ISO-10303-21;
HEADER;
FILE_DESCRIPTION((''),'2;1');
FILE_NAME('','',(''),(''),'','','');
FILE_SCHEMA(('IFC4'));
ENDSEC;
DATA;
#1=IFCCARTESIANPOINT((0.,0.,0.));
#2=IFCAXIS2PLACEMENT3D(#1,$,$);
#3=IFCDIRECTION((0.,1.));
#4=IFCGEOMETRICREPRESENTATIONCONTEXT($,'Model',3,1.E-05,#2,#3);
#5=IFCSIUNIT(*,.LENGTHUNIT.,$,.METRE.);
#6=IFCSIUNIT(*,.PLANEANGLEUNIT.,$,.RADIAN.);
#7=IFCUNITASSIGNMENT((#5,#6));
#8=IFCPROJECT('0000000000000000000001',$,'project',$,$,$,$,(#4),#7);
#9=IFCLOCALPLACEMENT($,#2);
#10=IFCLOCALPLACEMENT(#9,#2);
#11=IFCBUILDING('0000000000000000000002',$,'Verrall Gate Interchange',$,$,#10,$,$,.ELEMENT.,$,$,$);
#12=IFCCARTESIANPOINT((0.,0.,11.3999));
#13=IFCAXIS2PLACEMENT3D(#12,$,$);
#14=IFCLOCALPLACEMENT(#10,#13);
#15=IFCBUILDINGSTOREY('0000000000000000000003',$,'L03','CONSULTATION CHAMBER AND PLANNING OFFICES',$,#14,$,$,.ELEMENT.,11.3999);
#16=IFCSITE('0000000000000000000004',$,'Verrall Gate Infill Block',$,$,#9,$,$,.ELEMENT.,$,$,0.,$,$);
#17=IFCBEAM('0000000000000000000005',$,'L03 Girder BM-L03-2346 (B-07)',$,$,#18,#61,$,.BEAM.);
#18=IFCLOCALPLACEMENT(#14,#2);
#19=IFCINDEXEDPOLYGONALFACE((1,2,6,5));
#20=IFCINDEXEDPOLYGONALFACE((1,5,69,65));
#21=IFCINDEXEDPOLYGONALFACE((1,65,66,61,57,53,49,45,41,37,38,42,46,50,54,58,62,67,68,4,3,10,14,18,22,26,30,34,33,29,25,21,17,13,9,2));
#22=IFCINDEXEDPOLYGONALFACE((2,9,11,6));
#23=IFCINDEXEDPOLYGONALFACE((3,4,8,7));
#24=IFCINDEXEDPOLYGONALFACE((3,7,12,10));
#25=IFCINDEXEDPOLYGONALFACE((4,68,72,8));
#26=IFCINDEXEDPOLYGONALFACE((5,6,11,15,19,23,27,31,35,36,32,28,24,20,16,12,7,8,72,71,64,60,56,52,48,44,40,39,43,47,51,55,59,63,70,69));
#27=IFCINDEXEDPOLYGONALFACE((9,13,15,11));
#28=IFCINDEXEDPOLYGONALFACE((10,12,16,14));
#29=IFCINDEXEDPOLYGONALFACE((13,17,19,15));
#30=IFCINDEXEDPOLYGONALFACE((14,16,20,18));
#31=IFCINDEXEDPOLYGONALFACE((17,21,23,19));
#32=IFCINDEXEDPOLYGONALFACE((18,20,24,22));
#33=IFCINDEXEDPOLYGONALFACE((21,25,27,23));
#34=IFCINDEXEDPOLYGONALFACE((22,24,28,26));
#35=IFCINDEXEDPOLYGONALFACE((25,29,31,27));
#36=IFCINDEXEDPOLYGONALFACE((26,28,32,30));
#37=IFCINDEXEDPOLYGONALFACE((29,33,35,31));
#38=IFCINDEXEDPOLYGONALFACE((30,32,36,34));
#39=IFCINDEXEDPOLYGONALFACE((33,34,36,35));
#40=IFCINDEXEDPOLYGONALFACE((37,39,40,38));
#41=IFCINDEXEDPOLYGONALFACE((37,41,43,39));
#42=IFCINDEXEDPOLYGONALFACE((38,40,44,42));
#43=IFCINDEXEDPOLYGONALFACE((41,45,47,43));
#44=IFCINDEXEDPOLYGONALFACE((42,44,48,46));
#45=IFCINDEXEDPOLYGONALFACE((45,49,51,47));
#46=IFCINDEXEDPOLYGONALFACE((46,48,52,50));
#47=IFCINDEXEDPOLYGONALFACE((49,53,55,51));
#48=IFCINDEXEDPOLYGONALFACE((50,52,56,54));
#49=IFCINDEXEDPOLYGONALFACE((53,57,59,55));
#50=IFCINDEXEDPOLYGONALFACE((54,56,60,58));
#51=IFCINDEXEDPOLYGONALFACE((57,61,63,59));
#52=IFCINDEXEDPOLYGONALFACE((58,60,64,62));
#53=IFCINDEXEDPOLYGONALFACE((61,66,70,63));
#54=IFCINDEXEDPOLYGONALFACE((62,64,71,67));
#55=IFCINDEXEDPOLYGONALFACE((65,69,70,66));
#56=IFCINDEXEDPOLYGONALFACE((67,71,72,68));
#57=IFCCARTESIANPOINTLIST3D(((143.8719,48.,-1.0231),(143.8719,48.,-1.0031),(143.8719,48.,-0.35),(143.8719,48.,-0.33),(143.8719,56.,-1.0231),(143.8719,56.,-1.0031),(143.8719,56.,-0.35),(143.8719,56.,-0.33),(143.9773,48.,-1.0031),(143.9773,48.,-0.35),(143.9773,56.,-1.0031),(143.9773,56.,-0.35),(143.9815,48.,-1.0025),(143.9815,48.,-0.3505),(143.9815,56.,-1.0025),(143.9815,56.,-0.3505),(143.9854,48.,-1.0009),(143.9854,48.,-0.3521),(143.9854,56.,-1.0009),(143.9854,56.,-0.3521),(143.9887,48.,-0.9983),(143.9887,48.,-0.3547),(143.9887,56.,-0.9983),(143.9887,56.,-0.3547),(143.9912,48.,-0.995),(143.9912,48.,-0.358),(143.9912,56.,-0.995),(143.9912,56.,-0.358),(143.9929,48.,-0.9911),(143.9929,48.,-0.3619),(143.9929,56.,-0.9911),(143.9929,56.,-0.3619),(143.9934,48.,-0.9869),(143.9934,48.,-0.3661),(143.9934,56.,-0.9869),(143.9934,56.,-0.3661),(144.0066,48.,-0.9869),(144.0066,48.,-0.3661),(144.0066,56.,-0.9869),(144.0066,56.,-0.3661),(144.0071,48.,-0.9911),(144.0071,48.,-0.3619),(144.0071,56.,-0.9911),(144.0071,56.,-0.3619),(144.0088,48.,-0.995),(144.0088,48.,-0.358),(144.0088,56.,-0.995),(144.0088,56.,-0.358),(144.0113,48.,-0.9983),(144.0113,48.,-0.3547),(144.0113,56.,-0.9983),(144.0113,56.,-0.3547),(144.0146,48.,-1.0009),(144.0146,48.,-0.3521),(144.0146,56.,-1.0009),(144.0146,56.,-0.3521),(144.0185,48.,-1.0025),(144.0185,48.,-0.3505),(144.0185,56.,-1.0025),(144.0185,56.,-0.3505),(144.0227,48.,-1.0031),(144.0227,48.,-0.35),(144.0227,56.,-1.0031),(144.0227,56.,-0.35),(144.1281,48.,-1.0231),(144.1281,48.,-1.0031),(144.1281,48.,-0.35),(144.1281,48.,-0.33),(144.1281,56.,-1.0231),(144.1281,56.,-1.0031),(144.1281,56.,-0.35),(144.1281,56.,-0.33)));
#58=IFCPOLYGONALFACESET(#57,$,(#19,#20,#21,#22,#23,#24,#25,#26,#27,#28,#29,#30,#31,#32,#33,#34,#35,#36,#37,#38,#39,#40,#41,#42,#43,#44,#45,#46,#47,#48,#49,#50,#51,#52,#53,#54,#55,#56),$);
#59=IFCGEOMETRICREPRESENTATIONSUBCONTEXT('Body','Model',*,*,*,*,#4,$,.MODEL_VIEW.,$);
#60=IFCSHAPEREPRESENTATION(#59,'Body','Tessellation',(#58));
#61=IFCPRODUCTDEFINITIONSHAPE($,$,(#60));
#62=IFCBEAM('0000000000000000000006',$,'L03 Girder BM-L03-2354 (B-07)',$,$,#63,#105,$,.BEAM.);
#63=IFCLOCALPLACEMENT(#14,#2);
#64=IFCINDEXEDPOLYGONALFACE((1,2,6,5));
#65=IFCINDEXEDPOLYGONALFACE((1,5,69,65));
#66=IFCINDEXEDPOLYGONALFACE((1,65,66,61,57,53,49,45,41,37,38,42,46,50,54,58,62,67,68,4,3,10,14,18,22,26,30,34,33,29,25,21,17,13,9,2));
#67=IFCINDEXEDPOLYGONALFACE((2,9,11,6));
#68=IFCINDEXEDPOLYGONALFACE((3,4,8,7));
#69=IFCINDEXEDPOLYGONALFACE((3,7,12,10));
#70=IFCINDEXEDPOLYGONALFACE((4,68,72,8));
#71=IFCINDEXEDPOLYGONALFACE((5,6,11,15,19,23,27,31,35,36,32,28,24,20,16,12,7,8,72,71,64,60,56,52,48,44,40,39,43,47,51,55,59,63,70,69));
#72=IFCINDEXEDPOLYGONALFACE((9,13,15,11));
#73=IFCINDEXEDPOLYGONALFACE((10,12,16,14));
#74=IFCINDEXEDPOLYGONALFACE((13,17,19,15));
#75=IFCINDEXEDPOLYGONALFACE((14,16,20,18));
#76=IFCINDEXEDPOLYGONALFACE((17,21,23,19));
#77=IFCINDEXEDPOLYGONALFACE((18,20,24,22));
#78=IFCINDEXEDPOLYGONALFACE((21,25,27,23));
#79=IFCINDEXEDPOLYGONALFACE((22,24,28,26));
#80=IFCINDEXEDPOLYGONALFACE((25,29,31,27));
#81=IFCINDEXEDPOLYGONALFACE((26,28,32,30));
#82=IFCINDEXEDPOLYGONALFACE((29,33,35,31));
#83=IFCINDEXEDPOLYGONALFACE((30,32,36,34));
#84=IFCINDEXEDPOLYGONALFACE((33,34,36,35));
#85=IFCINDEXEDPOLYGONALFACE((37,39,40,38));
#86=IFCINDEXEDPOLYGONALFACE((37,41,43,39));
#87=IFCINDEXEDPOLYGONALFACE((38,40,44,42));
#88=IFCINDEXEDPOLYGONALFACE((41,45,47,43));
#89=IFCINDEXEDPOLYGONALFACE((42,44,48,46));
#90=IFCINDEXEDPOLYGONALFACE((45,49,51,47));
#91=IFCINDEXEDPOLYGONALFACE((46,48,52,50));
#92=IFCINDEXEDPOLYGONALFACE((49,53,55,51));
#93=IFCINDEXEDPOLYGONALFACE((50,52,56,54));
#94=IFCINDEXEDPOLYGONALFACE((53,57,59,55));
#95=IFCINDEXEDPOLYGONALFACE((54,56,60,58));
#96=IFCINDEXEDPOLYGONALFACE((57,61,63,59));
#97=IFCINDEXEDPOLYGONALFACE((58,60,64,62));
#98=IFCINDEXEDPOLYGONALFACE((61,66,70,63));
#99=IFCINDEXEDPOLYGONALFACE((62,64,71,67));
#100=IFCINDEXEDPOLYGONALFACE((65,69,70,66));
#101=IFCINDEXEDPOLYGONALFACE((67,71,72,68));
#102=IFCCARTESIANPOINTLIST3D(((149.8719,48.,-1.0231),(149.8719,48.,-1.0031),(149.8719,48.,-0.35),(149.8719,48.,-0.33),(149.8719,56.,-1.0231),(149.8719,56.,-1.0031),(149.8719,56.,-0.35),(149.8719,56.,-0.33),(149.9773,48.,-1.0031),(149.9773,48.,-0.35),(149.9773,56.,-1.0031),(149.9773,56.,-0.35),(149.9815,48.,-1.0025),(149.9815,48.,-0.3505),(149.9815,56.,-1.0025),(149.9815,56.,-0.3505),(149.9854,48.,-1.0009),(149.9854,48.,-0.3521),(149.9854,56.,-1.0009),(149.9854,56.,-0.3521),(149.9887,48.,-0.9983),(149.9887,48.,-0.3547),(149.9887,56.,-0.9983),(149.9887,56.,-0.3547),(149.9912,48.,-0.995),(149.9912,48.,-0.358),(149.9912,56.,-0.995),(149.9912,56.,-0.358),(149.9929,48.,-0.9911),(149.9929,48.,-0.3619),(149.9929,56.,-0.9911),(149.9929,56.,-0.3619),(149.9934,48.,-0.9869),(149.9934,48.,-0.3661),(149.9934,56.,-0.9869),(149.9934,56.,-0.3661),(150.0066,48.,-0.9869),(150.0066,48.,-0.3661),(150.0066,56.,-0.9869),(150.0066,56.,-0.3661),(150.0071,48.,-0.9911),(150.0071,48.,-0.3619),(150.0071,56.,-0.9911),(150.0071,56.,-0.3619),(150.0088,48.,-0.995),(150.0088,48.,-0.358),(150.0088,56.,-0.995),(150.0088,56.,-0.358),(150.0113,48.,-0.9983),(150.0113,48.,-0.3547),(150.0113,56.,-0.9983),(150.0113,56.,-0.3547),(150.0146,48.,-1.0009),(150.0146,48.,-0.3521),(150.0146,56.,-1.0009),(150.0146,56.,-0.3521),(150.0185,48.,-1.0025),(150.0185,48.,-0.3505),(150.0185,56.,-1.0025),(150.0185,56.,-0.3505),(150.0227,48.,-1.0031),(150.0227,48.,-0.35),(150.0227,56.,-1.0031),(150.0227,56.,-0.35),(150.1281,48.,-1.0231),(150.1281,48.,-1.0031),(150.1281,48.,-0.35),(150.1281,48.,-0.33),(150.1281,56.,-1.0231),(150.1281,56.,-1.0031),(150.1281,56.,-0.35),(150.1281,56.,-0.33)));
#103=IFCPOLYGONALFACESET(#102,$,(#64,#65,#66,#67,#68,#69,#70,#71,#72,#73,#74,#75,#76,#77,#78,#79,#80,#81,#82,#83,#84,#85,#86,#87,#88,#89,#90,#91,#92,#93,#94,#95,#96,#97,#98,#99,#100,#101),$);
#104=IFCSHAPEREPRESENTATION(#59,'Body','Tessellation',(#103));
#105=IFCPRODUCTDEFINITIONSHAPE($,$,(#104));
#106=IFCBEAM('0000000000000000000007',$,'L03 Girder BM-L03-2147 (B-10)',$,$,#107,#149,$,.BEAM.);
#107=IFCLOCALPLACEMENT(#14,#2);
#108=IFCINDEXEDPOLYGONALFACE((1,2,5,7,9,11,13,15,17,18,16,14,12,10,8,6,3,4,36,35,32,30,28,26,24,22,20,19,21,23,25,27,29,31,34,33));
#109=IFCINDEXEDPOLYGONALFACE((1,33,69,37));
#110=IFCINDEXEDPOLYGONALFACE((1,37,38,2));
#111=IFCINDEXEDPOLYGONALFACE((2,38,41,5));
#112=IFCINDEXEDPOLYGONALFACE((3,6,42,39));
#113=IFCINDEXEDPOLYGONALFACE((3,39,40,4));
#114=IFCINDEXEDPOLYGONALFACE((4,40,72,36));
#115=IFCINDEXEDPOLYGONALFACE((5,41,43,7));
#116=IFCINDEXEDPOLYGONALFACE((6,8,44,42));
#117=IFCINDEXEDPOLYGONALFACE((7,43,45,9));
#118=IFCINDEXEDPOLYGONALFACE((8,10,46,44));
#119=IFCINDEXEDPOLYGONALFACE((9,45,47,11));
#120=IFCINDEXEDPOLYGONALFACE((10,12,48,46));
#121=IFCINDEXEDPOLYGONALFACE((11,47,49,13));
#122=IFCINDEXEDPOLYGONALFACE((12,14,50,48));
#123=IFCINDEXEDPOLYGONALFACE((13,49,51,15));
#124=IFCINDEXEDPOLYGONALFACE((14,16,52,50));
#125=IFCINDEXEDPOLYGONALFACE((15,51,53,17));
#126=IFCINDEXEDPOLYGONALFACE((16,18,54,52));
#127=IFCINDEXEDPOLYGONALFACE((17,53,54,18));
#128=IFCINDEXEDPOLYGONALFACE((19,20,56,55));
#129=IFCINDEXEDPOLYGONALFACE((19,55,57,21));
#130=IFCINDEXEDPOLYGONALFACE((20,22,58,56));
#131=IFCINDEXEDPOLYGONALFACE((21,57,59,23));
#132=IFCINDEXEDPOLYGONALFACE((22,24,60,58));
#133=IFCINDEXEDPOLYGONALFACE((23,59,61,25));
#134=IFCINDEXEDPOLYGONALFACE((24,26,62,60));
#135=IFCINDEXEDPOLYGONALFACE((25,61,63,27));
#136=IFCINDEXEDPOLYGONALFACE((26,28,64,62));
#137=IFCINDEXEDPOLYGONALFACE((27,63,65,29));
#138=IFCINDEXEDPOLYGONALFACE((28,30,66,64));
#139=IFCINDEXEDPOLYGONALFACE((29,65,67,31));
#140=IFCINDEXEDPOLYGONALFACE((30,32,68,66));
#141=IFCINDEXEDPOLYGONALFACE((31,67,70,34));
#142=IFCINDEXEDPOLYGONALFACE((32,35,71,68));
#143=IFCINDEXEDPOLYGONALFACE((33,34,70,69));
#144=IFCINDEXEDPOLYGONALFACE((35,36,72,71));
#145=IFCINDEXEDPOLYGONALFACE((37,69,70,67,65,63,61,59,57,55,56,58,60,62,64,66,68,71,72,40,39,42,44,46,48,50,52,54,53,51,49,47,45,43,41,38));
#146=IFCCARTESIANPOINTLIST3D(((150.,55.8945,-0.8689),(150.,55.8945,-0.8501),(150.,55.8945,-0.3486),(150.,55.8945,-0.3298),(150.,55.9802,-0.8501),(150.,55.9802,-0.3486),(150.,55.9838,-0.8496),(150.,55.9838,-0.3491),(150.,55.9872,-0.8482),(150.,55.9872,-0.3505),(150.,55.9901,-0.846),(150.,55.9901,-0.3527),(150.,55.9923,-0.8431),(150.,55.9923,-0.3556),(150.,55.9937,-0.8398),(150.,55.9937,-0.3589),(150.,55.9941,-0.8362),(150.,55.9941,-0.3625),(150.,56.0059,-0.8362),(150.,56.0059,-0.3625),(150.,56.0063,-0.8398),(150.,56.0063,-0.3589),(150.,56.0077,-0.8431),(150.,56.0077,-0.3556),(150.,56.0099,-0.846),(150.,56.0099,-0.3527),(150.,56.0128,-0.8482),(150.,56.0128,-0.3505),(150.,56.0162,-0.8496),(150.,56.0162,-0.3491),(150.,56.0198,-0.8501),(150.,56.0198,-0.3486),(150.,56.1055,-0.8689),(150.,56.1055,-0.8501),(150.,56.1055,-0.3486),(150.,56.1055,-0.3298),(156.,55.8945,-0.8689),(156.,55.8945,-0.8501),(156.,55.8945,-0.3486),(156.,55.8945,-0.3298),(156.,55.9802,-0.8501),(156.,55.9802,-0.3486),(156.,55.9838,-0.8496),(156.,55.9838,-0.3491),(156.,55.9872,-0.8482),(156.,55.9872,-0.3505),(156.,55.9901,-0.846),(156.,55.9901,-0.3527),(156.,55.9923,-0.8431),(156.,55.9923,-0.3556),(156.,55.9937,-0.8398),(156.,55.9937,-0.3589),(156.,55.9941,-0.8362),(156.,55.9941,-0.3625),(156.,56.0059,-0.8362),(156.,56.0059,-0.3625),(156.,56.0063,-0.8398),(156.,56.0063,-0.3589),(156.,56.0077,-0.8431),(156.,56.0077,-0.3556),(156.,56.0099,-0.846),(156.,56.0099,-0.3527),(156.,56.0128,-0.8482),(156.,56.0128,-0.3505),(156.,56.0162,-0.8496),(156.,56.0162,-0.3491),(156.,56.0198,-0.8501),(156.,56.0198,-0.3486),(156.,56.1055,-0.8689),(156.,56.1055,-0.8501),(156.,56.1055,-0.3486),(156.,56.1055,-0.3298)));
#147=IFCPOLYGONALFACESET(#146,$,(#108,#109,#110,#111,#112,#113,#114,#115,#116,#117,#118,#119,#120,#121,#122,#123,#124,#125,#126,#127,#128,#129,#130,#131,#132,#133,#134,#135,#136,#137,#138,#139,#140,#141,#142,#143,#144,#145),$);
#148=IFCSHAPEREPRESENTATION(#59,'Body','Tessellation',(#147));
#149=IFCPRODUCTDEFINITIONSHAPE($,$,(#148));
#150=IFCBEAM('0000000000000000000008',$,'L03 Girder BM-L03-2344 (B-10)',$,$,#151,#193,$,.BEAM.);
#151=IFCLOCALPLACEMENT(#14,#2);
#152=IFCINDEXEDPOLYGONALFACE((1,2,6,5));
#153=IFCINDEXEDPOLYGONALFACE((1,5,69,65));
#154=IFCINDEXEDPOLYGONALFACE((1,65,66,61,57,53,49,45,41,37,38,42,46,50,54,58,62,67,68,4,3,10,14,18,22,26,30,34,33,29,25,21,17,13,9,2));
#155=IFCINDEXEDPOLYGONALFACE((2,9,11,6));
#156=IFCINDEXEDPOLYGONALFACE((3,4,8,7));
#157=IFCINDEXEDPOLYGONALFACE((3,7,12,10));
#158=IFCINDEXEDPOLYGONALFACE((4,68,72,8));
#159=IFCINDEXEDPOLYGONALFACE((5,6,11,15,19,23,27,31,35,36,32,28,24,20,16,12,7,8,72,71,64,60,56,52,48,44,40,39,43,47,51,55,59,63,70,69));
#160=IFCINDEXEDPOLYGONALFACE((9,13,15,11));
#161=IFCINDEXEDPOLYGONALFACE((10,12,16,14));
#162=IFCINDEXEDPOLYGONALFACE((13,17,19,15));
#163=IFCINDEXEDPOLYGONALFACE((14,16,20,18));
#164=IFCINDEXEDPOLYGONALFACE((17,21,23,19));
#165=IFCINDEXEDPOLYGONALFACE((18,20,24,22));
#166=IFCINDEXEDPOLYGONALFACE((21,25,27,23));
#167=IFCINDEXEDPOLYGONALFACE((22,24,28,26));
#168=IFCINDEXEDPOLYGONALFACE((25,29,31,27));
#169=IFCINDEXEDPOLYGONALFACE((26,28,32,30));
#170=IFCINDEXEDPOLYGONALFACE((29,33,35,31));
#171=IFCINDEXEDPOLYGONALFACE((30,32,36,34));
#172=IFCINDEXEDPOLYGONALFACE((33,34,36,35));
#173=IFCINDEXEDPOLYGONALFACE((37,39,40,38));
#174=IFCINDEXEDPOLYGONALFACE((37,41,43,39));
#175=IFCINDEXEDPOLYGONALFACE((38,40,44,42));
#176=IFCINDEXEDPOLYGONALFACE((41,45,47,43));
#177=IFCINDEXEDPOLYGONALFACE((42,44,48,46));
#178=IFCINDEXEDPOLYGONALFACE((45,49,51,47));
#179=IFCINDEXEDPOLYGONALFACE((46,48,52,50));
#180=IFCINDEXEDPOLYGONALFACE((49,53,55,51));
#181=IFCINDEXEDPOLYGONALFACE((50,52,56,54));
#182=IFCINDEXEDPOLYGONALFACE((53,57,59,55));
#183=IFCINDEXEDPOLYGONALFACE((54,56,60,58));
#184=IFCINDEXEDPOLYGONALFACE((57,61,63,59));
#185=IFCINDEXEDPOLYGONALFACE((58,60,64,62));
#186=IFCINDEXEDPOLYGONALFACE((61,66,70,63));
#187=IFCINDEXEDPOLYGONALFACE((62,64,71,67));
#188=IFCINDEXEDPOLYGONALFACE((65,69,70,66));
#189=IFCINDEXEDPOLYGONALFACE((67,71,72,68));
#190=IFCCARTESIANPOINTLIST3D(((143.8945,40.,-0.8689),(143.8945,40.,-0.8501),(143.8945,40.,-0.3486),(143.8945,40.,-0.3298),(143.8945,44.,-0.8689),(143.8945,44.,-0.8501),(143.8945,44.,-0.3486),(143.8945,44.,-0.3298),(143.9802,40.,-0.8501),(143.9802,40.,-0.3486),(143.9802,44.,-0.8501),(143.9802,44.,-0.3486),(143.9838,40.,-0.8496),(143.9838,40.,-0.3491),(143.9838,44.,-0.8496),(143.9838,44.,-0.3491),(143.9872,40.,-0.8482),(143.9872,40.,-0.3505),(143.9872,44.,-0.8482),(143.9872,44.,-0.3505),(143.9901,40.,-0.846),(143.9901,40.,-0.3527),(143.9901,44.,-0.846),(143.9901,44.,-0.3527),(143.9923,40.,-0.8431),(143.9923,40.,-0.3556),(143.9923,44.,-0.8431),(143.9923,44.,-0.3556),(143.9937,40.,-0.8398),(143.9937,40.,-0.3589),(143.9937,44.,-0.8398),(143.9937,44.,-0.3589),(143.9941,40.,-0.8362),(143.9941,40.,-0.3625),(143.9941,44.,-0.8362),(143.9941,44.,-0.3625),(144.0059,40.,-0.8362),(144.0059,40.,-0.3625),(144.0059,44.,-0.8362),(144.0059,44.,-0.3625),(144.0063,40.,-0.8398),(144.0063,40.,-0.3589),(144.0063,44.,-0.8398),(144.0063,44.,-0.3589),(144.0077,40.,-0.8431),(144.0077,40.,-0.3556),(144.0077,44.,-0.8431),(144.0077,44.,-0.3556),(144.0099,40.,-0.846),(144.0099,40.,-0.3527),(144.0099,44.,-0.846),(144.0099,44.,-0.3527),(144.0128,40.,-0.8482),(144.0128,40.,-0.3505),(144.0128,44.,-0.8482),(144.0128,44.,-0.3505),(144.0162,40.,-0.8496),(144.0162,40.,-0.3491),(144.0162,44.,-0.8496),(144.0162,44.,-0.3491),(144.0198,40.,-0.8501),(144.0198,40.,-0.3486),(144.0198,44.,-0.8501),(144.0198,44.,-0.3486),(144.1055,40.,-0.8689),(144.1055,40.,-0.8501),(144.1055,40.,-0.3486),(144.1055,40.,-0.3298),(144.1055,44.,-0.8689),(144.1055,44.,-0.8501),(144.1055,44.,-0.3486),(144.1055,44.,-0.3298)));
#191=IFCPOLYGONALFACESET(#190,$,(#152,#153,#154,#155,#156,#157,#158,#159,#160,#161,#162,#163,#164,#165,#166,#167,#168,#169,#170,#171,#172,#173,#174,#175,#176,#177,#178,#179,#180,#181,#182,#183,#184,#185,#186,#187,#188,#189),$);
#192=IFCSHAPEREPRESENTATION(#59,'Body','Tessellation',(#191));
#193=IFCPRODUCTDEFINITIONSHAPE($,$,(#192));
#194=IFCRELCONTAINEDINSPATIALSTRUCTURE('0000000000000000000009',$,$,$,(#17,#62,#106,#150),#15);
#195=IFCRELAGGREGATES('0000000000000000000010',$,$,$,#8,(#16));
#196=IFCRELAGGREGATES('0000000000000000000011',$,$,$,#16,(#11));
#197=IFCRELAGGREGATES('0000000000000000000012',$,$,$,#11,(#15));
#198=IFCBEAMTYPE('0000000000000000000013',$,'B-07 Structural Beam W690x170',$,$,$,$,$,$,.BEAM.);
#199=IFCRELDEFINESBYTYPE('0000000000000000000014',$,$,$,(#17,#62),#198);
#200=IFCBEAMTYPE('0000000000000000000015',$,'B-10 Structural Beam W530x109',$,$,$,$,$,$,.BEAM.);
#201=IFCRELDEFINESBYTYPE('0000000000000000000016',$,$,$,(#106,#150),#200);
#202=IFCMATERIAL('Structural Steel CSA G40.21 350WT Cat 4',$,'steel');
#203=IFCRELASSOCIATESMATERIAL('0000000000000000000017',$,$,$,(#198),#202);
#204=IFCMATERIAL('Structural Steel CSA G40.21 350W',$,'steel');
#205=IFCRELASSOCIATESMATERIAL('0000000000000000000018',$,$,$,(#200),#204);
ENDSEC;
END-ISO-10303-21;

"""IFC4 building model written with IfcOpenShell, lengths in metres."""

from ifc_helpers import new_model, si_unit, direction, frame, origin, origin_2d, place, context, subcontext, project, spatial, i_section, extrude, material, material_profile, profile_set, type_object, element, save


model = new_model("IFC4")

# Units and contexts
model_context = context("Model", 3, precision=1e-05, world=origin(), true_north=direction((0.0, 1.0)))
body_context = subcontext(model_context, "Body", "Model", "MODEL_VIEW")
ifc_project = project(units=[si_unit("LENGTHUNIT", "METRE"), si_unit("PLANEANGLEUNIT", "RADIAN")], contexts=[model_context])

# Site, building, storey
site_placement = place(None, origin())
site = spatial("IfcSite", under=ifc_project, at=site_placement, Name="Verrall Gate Infill Block", CompositionType="ELEMENT", RefElevation=0.0)
building_placement = place(site_placement, origin())
building = spatial("IfcBuilding", under=site, at=building_placement, Name="Verrall Gate Interchange", CompositionType="ELEMENT")
storey_placement = place(building_placement, frame((0.0, 0.0, 11.3999)))
storey = spatial("IfcBuildingStorey", under=building, at=storey_placement, Name="L03", Description="CONSULTATION CHAMBER AND PLANNING OFFICES", CompositionType="ELEMENT", Elevation=11.3999)

# Beams
ifc_material_1 = material(Name="Structural Steel CSA G40.21 350WT Cat 4", Category="steel")
ifc_material_profile_1 = material_profile(ifc_material_1, i_section(OverallWidth=0.2561, OverallDepth=0.6931, WebThickness=0.0132, FlangeThickness=0.02, FilletRadius=0.0161, at=origin_2d()), Name="W690x170")
ifc_profile_set_1 = profile_set([ifc_material_profile_1], Name="Structural Steel CSA G40.21 350WT Cat 4")
beam_type_1 = type_object("IfcBeamType", Name="B-07 Structural Beam W690x170", PredefinedType="BEAM", material=ifc_profile_set_1)
for number, where, z_axis, x_axis, name in (
    (1, (144.0, 48.0, -0.6765), (0.0, 1.0, 0.0), (-1.0, 0.0, 0.0), "L03 Girder BM-L03-2346 (B-07)"),
    (2, (150.0, 48.0, -0.6765), (0.0, 1.0, 0.0), (-1.0, 0.0, 0.0), "L03 Girder BM-L03-2354 (B-07)"),
):
    element("IfcBeam", number, at=place(storey_placement, frame(where, z_axis=z_axis, x_axis=x_axis)), inside=storey, type_object=beam_type_1, Name=name, PredefinedType="BEAM", context=body_context, shape_type="SweptSolid", body=[
        extrude(i_section(OverallWidth=0.2561, OverallDepth=0.6931, WebThickness=0.0132, FlangeThickness=0.02, FilletRadius=0.0161, at=origin_2d()), origin(), (0.0, 0.0, 1.0), 8.0),
    ])
ifc_material_2 = material(Name="Structural Steel CSA G40.21 350W", Category="steel")
ifc_material_profile_2 = material_profile(ifc_material_2, i_section(OverallWidth=0.2109, OverallDepth=0.5391, WebThickness=0.0117, FlangeThickness=0.0188, FilletRadius=0.0139, at=origin_2d()), Name="W530x109")
ifc_profile_set_2 = profile_set([ifc_material_profile_2], Name="Structural Steel CSA G40.21 350W")
beam_type_2 = type_object("IfcBeamType", Name="B-10 Structural Beam W530x109", PredefinedType="BEAM", material=ifc_profile_set_2)
beam_1_placement = place(storey_placement, frame((150.0, 56.0, -0.5994), z_axis=(1.0, 0.0, 0.0), x_axis=(0.0, 1.0, 0.0)))
element("IfcBeam", 3, at=beam_1_placement, inside=storey, type_object=beam_type_2, Name="L03 Girder BM-L03-2147 (B-10)", PredefinedType="BEAM", context=body_context, shape_type="SweptSolid", body=[
    extrude(i_section(OverallWidth=0.2109, OverallDepth=0.5391, WebThickness=0.0117, FlangeThickness=0.0188, FilletRadius=0.0139, at=origin_2d()), origin(), (0.0, 0.0, 1.0), 6.0),
])
for number, where, z_axis, x_axis, name in (
    (4, (144.0, 40.0, -0.5994), (0.0, 1.0, 0.0), (-1.0, 0.0, 0.0), "L03 Girder BM-L03-2344 (B-10)"),
):
    element("IfcBeam", number, at=place(storey_placement, frame(where, z_axis=z_axis, x_axis=x_axis)), inside=storey, type_object=beam_type_2, Name=name, PredefinedType="BEAM", context=body_context, shape_type="SweptSolid", body=[
        extrude(i_section(OverallWidth=0.2109, OverallDepth=0.5391, WebThickness=0.0117, FlangeThickness=0.0188, FilletRadius=0.0139, at=origin_2d()), origin(), (0.0, 0.0, 1.0), 4.0),
    ])

save(model, "model.ifc")
